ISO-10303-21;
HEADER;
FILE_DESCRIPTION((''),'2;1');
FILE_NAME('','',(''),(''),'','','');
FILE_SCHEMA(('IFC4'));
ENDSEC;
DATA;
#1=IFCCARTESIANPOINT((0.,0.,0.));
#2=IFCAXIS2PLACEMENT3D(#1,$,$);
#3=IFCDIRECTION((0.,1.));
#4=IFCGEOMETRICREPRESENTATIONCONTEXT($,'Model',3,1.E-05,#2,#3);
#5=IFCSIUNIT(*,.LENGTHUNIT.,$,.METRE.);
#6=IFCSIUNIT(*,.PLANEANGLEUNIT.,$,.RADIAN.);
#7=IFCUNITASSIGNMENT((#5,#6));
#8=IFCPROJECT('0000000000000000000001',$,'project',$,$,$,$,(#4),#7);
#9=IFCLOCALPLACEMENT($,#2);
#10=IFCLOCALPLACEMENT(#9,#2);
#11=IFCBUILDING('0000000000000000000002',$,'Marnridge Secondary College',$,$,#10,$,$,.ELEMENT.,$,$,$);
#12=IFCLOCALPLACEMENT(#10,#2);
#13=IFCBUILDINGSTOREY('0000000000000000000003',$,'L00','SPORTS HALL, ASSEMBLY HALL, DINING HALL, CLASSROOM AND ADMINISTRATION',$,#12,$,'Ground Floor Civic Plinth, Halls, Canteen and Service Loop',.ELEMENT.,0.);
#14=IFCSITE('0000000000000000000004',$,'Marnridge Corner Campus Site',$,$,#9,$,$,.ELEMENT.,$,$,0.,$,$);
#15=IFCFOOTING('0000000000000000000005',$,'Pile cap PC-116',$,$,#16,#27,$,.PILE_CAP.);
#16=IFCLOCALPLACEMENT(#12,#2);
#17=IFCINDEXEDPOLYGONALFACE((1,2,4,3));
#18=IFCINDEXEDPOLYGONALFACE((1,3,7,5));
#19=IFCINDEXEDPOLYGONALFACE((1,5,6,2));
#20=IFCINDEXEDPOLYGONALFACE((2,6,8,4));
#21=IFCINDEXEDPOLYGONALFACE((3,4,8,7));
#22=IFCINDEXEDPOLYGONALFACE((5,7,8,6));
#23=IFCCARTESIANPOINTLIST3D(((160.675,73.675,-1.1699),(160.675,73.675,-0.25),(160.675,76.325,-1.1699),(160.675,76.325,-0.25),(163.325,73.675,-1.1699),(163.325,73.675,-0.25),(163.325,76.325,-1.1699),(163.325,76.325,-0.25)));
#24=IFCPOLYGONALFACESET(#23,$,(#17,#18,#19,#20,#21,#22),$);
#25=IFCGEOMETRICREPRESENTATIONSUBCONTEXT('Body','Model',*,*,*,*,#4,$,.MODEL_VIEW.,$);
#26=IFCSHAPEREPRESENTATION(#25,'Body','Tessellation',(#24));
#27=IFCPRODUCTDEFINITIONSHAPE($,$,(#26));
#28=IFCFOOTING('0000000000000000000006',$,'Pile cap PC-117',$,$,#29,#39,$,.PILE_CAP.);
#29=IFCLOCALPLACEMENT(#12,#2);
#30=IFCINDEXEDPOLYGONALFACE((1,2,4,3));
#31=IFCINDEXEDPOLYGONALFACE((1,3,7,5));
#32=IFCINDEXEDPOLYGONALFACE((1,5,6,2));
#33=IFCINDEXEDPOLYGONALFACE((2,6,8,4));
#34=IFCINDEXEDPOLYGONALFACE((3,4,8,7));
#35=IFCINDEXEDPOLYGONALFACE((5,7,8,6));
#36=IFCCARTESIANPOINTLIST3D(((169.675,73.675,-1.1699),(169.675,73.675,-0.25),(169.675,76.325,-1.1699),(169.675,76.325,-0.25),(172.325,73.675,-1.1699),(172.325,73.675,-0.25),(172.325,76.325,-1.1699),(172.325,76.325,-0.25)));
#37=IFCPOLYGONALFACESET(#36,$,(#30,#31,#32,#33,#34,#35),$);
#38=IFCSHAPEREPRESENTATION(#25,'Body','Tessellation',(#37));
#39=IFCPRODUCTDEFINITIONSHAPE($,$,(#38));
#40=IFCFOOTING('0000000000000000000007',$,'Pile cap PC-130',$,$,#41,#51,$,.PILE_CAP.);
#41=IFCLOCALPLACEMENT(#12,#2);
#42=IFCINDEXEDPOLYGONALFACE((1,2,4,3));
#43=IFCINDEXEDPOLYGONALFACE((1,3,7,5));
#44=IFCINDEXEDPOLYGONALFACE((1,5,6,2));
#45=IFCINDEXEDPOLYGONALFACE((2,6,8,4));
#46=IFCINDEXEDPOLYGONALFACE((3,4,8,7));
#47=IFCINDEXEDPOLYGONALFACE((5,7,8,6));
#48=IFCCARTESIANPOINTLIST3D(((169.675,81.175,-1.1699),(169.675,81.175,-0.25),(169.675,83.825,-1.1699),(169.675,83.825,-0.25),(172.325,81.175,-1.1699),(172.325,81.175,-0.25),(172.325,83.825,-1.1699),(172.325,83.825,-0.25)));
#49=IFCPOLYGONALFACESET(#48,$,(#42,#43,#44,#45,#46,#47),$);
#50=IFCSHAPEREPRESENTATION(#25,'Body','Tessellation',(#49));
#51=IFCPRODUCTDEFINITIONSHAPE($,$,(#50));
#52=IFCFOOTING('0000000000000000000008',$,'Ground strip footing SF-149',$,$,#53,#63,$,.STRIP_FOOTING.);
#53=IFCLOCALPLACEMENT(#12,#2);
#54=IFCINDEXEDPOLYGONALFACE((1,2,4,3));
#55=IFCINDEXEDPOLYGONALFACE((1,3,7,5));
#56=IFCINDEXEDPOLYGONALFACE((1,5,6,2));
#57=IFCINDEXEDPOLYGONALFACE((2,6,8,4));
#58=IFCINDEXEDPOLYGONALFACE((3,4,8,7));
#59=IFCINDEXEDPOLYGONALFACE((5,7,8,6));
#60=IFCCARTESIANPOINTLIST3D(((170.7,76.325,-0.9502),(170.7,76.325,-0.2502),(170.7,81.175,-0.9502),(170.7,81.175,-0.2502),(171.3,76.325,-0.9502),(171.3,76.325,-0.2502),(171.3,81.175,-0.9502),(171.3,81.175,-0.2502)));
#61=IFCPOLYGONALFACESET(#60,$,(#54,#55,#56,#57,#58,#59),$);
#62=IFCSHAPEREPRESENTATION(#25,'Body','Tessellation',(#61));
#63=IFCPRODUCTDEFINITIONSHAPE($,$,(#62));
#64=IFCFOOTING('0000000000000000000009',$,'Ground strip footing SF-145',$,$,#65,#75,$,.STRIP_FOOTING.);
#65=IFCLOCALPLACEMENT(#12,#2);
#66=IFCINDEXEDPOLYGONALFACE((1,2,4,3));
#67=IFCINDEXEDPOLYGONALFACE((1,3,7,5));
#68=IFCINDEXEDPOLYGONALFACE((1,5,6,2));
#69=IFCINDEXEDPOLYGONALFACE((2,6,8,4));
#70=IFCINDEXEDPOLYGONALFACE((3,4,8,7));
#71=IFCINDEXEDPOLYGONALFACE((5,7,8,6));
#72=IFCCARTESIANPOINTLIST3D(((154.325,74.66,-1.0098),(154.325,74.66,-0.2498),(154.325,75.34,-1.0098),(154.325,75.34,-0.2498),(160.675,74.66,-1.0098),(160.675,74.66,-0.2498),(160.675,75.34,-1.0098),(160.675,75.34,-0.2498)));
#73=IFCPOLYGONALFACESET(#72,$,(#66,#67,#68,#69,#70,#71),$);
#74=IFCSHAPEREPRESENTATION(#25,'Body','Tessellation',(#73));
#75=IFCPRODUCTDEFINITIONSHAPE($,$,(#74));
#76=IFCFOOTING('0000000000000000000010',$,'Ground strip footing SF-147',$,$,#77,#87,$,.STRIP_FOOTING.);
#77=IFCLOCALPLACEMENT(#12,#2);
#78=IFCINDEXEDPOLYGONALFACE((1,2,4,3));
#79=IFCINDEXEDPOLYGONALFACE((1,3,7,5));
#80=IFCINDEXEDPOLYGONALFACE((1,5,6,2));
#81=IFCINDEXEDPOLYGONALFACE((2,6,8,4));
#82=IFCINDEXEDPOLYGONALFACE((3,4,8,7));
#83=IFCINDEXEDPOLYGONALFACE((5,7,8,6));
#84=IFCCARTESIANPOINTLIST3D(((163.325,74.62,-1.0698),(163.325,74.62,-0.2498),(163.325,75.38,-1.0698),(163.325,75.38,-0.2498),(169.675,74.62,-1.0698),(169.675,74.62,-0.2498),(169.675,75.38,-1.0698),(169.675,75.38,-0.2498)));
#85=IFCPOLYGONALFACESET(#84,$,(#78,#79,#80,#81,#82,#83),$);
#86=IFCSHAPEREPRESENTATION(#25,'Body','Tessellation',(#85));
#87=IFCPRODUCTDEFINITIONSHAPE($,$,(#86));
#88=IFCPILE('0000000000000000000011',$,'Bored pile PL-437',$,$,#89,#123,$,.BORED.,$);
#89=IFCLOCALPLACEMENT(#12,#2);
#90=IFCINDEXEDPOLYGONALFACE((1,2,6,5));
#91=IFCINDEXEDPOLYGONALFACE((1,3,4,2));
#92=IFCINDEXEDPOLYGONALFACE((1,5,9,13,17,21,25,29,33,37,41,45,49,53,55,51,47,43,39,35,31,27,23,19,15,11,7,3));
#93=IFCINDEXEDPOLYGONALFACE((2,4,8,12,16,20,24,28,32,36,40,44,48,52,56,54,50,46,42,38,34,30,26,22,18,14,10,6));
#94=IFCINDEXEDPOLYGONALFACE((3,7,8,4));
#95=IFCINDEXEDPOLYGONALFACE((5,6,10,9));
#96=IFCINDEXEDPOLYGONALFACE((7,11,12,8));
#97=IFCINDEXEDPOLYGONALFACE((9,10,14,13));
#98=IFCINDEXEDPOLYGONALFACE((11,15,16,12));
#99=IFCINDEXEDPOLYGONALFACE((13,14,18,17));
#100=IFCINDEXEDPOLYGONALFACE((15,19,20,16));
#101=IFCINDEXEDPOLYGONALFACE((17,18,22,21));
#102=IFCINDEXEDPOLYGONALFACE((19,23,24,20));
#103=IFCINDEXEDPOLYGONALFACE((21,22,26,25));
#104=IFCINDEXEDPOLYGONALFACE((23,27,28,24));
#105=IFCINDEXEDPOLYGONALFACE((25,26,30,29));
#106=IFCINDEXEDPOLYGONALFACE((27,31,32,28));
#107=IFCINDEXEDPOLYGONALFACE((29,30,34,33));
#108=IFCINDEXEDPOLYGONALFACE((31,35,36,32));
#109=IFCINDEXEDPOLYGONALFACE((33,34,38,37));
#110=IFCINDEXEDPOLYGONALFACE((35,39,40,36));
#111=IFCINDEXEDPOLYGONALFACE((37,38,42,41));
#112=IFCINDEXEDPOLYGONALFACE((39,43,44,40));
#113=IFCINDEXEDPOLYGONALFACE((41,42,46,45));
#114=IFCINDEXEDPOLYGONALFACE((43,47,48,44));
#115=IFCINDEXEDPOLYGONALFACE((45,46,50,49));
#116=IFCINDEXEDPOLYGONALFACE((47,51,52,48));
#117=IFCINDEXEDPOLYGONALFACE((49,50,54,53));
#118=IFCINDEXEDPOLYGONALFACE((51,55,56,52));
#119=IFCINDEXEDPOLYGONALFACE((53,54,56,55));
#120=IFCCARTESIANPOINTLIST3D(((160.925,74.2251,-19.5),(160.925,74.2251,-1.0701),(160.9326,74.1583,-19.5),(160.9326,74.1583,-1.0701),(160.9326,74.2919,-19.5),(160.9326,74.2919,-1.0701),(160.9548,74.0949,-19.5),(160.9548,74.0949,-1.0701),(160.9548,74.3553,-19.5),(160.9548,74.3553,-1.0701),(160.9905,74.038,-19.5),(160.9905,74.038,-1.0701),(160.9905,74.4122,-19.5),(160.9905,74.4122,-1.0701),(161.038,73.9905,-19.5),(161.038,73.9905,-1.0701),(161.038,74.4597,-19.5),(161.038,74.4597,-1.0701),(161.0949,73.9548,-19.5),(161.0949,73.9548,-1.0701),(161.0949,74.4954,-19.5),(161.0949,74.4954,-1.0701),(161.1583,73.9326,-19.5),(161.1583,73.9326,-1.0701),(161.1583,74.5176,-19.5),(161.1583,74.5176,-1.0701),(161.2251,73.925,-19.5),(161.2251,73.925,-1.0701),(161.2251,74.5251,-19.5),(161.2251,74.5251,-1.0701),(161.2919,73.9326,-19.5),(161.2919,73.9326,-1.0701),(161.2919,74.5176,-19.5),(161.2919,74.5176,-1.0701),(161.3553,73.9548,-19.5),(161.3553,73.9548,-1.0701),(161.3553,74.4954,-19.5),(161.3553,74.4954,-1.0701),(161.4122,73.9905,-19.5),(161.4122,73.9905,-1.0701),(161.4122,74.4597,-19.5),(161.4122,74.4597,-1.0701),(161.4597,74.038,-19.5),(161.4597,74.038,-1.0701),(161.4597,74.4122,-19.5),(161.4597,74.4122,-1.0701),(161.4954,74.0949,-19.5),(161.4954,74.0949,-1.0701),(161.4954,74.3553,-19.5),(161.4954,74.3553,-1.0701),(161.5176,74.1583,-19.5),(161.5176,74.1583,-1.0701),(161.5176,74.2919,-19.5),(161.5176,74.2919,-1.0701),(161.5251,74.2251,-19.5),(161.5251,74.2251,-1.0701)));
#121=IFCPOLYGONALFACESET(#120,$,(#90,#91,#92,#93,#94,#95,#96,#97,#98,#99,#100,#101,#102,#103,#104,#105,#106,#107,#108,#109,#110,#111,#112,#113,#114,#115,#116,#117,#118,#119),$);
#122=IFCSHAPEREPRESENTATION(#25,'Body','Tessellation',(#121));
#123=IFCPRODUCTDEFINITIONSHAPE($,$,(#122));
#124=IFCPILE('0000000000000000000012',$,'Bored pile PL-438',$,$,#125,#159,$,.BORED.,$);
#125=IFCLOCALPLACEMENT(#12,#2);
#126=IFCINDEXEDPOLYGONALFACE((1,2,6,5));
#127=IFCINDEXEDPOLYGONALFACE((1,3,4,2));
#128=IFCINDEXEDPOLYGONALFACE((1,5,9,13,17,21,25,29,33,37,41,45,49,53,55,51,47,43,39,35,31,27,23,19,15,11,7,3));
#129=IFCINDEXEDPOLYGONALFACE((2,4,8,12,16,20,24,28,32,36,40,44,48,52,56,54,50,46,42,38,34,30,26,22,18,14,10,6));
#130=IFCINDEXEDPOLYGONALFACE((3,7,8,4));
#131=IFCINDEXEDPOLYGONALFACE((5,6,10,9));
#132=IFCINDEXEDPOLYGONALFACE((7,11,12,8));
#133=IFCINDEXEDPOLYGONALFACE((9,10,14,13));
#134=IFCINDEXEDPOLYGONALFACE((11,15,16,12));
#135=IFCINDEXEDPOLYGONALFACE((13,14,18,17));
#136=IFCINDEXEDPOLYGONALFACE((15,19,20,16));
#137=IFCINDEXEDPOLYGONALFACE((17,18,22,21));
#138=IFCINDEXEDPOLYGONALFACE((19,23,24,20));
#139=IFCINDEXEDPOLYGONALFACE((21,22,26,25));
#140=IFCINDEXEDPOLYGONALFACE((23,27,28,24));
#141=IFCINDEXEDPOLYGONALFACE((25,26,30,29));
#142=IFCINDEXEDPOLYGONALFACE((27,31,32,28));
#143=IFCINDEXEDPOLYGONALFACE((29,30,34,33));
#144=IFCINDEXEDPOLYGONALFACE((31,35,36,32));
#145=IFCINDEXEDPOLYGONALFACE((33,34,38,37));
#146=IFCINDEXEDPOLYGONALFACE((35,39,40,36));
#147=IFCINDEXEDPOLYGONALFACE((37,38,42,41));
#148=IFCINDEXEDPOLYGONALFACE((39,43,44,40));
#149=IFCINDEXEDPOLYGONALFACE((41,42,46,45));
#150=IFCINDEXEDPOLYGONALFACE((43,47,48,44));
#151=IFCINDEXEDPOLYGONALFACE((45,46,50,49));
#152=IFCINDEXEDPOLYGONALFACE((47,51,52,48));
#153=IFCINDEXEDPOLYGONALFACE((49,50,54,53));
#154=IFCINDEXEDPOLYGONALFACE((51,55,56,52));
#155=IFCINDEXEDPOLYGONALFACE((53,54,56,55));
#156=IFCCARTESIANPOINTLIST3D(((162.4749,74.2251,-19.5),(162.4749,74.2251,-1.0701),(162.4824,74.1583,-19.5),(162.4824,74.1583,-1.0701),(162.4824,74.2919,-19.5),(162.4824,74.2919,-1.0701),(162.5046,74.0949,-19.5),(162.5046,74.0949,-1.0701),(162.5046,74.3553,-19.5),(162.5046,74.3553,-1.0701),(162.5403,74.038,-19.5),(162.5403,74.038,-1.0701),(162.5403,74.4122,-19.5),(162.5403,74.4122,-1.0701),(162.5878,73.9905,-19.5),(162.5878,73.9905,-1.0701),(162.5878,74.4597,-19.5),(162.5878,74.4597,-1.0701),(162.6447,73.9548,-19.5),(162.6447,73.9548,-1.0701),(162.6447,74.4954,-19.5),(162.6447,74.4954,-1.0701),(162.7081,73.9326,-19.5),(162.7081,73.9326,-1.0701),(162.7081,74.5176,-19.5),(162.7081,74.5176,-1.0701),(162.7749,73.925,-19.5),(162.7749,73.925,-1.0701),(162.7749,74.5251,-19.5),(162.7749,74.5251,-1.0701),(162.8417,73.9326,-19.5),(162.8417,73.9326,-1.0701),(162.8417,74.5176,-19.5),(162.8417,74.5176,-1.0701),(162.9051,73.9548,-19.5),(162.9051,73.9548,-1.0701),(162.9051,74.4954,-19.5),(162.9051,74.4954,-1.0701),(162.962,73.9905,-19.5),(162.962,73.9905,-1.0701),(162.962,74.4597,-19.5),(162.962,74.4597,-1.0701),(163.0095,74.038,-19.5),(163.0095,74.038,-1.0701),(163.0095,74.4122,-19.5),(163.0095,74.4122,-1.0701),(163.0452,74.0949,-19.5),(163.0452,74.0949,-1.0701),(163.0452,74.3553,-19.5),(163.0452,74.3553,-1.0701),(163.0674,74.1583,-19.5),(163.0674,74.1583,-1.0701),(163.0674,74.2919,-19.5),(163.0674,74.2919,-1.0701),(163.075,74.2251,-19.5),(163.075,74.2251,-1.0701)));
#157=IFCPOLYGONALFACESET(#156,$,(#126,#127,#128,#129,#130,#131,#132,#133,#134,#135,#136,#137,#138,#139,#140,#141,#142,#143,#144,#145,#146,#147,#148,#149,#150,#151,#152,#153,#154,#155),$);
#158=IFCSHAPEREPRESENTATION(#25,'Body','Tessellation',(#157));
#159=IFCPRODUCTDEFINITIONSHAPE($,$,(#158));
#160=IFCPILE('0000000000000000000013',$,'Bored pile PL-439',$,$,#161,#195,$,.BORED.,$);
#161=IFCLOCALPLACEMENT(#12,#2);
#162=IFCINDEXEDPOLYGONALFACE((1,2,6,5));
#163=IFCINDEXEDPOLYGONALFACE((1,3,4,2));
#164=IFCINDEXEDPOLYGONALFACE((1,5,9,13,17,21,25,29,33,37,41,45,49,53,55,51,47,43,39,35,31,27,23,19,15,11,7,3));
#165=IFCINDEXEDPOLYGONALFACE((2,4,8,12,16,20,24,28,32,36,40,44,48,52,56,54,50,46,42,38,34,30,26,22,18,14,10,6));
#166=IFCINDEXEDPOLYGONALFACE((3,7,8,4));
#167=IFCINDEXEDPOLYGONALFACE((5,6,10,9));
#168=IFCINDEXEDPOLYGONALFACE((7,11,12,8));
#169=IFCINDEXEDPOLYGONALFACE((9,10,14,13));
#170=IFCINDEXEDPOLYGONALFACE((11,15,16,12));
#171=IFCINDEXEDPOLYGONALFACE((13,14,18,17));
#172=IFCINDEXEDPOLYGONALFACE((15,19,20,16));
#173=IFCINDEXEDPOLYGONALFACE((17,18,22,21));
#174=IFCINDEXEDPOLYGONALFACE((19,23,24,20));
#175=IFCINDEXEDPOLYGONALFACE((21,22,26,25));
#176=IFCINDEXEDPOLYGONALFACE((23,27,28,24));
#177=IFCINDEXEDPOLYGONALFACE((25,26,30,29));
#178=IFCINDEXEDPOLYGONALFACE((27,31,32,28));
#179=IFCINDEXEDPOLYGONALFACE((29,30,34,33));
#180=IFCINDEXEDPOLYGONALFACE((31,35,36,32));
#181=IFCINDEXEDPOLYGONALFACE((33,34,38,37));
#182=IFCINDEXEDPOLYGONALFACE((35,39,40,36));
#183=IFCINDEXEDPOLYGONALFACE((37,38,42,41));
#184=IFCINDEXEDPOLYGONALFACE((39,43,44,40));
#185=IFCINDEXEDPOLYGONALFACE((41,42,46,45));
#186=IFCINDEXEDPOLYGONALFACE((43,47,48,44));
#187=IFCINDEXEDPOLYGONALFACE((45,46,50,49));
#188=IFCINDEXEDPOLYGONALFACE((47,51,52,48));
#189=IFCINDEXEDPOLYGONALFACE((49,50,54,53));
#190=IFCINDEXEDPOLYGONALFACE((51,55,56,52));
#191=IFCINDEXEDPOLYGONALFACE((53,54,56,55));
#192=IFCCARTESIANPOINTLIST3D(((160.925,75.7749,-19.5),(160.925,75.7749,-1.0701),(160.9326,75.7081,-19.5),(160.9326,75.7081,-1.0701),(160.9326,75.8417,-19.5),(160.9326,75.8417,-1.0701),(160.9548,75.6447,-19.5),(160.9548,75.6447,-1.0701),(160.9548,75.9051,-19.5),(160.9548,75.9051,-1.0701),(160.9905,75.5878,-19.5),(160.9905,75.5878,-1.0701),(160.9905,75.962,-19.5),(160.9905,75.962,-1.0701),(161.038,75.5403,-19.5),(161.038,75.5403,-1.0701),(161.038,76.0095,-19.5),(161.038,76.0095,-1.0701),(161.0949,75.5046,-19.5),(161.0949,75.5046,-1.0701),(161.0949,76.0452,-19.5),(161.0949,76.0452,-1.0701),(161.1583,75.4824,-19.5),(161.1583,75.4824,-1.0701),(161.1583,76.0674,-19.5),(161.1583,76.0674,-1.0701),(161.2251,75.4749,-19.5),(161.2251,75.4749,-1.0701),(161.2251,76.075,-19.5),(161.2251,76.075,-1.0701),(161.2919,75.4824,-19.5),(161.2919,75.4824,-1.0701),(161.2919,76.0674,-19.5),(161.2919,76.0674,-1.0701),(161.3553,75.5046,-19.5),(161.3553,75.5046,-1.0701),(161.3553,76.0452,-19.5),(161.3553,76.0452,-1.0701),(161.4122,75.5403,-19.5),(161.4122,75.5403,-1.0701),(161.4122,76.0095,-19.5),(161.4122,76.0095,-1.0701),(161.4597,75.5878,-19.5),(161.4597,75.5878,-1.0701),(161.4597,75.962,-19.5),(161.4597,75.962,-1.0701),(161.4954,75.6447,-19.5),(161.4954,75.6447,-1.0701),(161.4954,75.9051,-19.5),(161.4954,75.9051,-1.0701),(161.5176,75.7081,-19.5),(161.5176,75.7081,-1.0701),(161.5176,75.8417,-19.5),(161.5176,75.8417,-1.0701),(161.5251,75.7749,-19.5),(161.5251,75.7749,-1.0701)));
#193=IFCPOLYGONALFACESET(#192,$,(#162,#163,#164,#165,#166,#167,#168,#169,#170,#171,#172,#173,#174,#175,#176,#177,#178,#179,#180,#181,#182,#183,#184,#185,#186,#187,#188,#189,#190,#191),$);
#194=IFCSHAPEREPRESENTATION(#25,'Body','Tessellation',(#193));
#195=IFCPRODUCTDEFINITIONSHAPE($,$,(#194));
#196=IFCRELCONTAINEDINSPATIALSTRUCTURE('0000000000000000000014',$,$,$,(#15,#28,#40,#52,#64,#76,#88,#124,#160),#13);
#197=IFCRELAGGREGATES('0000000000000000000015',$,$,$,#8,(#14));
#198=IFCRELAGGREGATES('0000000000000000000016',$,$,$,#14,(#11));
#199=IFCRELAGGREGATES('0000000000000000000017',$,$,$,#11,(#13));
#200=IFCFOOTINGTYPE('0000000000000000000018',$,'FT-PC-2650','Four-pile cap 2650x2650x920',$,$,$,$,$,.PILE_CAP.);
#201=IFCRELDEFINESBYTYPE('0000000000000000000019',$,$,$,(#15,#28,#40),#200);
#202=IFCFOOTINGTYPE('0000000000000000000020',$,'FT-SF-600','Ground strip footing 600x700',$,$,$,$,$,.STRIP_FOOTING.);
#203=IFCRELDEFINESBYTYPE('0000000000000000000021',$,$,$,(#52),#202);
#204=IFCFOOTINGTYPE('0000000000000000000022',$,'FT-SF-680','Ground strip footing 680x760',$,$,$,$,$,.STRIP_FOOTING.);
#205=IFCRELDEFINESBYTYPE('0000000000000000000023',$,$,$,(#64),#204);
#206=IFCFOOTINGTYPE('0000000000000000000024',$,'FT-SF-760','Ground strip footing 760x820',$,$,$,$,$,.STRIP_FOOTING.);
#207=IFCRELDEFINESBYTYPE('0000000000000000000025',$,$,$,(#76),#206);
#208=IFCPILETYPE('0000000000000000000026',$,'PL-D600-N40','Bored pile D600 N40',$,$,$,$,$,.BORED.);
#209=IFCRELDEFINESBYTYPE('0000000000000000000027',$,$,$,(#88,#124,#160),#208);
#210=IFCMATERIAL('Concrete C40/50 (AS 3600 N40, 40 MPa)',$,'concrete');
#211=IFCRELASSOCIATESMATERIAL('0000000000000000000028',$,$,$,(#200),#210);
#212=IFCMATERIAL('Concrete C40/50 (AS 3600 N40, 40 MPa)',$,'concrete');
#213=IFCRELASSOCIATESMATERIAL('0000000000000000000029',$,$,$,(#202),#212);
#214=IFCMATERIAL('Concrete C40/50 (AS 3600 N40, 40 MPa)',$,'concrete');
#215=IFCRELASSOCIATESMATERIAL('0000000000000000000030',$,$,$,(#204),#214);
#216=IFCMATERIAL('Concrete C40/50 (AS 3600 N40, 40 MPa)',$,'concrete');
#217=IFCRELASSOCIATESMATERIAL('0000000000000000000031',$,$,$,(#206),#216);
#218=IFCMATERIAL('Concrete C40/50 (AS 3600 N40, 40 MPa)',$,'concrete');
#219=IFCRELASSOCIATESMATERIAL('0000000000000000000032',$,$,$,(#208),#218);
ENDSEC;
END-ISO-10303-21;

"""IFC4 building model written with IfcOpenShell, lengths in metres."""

from ifc_helpers import new_model, si_unit, direction, frame, origin, origin_2d, place, context, subcontext, project, spatial, rectangle, circle, extrude, material, material_profile, profile_set, type_object, element, save


model = new_model("IFC4")

# Units and contexts
model_context = context("Model", 3, precision=1e-05, world=origin(), true_north=direction((0.0, 1.0)))
body_context = subcontext(model_context, "Body", "Model", "MODEL_VIEW")
ifc_project = project(units=[si_unit("LENGTHUNIT", "METRE"), si_unit("PLANEANGLEUNIT", "RADIAN")], contexts=[model_context])

# Site, building, storey
site_placement = place(None, origin())
site = spatial("IfcSite", under=ifc_project, at=site_placement, Name="Marnridge Corner Campus Site", CompositionType="ELEMENT", RefElevation=0.0)
building_placement = place(site_placement, origin())
building = spatial("IfcBuilding", under=site, at=building_placement, Name="Marnridge Secondary College", CompositionType="ELEMENT")
storey_placement = place(building_placement, origin())
storey = spatial("IfcBuildingStorey", under=building, at=storey_placement, Name="L00", Description="SPORTS HALL, ASSEMBLY HALL, DINING HALL, CLASSROOM AND ADMINISTRATION", LongName="Ground Floor Civic Plinth, Halls, Canteen and Service Loop", CompositionType="ELEMENT", Elevation=0.0)

# Footings
ifc_material_1 = material(Name="Concrete C40/50 (AS 3600 N40, 40 MPa)", Category="concrete")
footing_type_1 = type_object("IfcFootingType", Name="FT-PC-2650", Description="Four-pile cap 2650x2650x920", PredefinedType="PILE_CAP", material=ifc_material_1)
for number, where, z_axis, x_axis, name in (
    (1, (162.0, 75.0, -1.1699), (0.0, 0.0, 1.0), (1.0, 0.0, 0.0), "Pile cap PC-116"),
    (2, (171.0, 75.0, -1.1699), (0.0, 0.0, 1.0), (1.0, 0.0, 0.0), "Pile cap PC-117"),
    (3, (171.0, 82.5, -1.1699), (0.0, 0.0, 1.0), (1.0, 0.0, 0.0), "Pile cap PC-130"),
):
    element("IfcFooting", number, at=place(storey_placement, frame(where, z_axis=z_axis, x_axis=x_axis)), inside=storey, type_object=footing_type_1, Name=name, PredefinedType="PILE_CAP", context=body_context, shape_type="SweptSolid", body=[
        extrude(rectangle(XDim=2.6499, YDim=2.6499, at=origin_2d()), origin(), (0.0, 0.0, 1.0), 0.9199),
    ])
ifc_material_2 = material(Name="Concrete C40/50 (AS 3600 N40, 40 MPa)", Category="concrete")
footing_type_2 = type_object("IfcFootingType", Name="FT-SF-600", Description="Ground strip footing 600x700", PredefinedType="STRIP_FOOTING", material=ifc_material_2)
footing_1_placement = place(storey_placement, frame((171.0, 78.75, -0.9502), z_axis=(0.0, 0.0, 1.0), x_axis=(1.0, 0.0, 0.0)))
element("IfcFooting", 4, at=footing_1_placement, inside=storey, type_object=footing_type_2, Name="Ground strip footing SF-149", PredefinedType="STRIP_FOOTING", context=body_context, shape_type="SweptSolid", body=[
    extrude(rectangle(XDim=0.6001, YDim=4.8501, at=origin_2d()), origin(), (0.0, 0.0, 1.0), 0.7),
])
ifc_material_3 = material(Name="Concrete C40/50 (AS 3600 N40, 40 MPa)", Category="concrete")
footing_type_3 = type_object("IfcFootingType", Name="FT-SF-680", Description="Ground strip footing 680x760", PredefinedType="STRIP_FOOTING", material=ifc_material_3)
footing_2_placement = place(storey_placement, frame((157.5, 75.0, -1.0098), z_axis=(0.0, 0.0, 1.0), x_axis=(1.0, 0.0, 0.0)))
element("IfcFooting", 5, at=footing_2_placement, inside=storey, type_object=footing_type_3, Name="Ground strip footing SF-145", PredefinedType="STRIP_FOOTING", context=body_context, shape_type="SweptSolid", body=[
    extrude(rectangle(XDim=6.3501, YDim=0.6799, at=origin_2d()), origin(), (0.0, 0.0, 1.0), 0.76),
])
ifc_material_4 = material(Name="Concrete C40/50 (AS 3600 N40, 40 MPa)", Category="concrete")
footing_type_4 = type_object("IfcFootingType", Name="FT-SF-760", Description="Ground strip footing 760x820", PredefinedType="STRIP_FOOTING", material=ifc_material_4)
footing_3_placement = place(storey_placement, frame((166.5, 75.0, -1.0698), z_axis=(0.0, 0.0, 1.0), x_axis=(1.0, 0.0, 0.0)))
element("IfcFooting", 6, at=footing_3_placement, inside=storey, type_object=footing_type_4, Name="Ground strip footing SF-147", PredefinedType="STRIP_FOOTING", context=body_context, shape_type="SweptSolid", body=[
    extrude(rectangle(XDim=6.3501, YDim=0.76, at=origin_2d()), origin(), (0.0, 0.0, 1.0), 0.8201),
])

# Piles
ifc_material_5 = material(Name="Concrete C40/50 (AS 3600 N40, 40 MPa)", Category="concrete")
ifc_material_profile_1 = material_profile(ifc_material_5, circle(Radius=0.3, at=origin_2d()), Name="PILE D600")
ifc_profile_set_1 = profile_set([ifc_material_profile_1], Name="Concrete C40/50 (AS 3600 N40, 40 MPa)")
pile_type = type_object("IfcPileType", Name="PL-D600-N40", Description="Bored pile D600 N40", PredefinedType="BORED", material=ifc_profile_set_1)
for number, where, z_axis, x_axis, name in (
    (7, (161.2251, 74.2251, -1.0701), (0.0, 0.0, -1.0), (1.0, 0.0, 0.0), "Bored pile PL-437"),
    (8, (162.7749, 74.2251, -1.0701), (0.0, 0.0, -1.0), (1.0, 0.0, 0.0), "Bored pile PL-438"),
    (9, (161.2251, 75.7749, -1.0701), (0.0, 0.0, -1.0), (1.0, 0.0, 0.0), "Bored pile PL-439"),
):
    element("IfcPile", number, at=place(storey_placement, frame(where, z_axis=z_axis, x_axis=x_axis)), inside=storey, type_object=pile_type, Name=name, PredefinedType="BORED", context=body_context, shape_type="SweptSolid", body=[
        extrude(circle(Radius=0.3, at=origin_2d()), origin(), (0.0, 0.0, 1.0), 18.4299),
    ])

save(model, "model.ifc")
